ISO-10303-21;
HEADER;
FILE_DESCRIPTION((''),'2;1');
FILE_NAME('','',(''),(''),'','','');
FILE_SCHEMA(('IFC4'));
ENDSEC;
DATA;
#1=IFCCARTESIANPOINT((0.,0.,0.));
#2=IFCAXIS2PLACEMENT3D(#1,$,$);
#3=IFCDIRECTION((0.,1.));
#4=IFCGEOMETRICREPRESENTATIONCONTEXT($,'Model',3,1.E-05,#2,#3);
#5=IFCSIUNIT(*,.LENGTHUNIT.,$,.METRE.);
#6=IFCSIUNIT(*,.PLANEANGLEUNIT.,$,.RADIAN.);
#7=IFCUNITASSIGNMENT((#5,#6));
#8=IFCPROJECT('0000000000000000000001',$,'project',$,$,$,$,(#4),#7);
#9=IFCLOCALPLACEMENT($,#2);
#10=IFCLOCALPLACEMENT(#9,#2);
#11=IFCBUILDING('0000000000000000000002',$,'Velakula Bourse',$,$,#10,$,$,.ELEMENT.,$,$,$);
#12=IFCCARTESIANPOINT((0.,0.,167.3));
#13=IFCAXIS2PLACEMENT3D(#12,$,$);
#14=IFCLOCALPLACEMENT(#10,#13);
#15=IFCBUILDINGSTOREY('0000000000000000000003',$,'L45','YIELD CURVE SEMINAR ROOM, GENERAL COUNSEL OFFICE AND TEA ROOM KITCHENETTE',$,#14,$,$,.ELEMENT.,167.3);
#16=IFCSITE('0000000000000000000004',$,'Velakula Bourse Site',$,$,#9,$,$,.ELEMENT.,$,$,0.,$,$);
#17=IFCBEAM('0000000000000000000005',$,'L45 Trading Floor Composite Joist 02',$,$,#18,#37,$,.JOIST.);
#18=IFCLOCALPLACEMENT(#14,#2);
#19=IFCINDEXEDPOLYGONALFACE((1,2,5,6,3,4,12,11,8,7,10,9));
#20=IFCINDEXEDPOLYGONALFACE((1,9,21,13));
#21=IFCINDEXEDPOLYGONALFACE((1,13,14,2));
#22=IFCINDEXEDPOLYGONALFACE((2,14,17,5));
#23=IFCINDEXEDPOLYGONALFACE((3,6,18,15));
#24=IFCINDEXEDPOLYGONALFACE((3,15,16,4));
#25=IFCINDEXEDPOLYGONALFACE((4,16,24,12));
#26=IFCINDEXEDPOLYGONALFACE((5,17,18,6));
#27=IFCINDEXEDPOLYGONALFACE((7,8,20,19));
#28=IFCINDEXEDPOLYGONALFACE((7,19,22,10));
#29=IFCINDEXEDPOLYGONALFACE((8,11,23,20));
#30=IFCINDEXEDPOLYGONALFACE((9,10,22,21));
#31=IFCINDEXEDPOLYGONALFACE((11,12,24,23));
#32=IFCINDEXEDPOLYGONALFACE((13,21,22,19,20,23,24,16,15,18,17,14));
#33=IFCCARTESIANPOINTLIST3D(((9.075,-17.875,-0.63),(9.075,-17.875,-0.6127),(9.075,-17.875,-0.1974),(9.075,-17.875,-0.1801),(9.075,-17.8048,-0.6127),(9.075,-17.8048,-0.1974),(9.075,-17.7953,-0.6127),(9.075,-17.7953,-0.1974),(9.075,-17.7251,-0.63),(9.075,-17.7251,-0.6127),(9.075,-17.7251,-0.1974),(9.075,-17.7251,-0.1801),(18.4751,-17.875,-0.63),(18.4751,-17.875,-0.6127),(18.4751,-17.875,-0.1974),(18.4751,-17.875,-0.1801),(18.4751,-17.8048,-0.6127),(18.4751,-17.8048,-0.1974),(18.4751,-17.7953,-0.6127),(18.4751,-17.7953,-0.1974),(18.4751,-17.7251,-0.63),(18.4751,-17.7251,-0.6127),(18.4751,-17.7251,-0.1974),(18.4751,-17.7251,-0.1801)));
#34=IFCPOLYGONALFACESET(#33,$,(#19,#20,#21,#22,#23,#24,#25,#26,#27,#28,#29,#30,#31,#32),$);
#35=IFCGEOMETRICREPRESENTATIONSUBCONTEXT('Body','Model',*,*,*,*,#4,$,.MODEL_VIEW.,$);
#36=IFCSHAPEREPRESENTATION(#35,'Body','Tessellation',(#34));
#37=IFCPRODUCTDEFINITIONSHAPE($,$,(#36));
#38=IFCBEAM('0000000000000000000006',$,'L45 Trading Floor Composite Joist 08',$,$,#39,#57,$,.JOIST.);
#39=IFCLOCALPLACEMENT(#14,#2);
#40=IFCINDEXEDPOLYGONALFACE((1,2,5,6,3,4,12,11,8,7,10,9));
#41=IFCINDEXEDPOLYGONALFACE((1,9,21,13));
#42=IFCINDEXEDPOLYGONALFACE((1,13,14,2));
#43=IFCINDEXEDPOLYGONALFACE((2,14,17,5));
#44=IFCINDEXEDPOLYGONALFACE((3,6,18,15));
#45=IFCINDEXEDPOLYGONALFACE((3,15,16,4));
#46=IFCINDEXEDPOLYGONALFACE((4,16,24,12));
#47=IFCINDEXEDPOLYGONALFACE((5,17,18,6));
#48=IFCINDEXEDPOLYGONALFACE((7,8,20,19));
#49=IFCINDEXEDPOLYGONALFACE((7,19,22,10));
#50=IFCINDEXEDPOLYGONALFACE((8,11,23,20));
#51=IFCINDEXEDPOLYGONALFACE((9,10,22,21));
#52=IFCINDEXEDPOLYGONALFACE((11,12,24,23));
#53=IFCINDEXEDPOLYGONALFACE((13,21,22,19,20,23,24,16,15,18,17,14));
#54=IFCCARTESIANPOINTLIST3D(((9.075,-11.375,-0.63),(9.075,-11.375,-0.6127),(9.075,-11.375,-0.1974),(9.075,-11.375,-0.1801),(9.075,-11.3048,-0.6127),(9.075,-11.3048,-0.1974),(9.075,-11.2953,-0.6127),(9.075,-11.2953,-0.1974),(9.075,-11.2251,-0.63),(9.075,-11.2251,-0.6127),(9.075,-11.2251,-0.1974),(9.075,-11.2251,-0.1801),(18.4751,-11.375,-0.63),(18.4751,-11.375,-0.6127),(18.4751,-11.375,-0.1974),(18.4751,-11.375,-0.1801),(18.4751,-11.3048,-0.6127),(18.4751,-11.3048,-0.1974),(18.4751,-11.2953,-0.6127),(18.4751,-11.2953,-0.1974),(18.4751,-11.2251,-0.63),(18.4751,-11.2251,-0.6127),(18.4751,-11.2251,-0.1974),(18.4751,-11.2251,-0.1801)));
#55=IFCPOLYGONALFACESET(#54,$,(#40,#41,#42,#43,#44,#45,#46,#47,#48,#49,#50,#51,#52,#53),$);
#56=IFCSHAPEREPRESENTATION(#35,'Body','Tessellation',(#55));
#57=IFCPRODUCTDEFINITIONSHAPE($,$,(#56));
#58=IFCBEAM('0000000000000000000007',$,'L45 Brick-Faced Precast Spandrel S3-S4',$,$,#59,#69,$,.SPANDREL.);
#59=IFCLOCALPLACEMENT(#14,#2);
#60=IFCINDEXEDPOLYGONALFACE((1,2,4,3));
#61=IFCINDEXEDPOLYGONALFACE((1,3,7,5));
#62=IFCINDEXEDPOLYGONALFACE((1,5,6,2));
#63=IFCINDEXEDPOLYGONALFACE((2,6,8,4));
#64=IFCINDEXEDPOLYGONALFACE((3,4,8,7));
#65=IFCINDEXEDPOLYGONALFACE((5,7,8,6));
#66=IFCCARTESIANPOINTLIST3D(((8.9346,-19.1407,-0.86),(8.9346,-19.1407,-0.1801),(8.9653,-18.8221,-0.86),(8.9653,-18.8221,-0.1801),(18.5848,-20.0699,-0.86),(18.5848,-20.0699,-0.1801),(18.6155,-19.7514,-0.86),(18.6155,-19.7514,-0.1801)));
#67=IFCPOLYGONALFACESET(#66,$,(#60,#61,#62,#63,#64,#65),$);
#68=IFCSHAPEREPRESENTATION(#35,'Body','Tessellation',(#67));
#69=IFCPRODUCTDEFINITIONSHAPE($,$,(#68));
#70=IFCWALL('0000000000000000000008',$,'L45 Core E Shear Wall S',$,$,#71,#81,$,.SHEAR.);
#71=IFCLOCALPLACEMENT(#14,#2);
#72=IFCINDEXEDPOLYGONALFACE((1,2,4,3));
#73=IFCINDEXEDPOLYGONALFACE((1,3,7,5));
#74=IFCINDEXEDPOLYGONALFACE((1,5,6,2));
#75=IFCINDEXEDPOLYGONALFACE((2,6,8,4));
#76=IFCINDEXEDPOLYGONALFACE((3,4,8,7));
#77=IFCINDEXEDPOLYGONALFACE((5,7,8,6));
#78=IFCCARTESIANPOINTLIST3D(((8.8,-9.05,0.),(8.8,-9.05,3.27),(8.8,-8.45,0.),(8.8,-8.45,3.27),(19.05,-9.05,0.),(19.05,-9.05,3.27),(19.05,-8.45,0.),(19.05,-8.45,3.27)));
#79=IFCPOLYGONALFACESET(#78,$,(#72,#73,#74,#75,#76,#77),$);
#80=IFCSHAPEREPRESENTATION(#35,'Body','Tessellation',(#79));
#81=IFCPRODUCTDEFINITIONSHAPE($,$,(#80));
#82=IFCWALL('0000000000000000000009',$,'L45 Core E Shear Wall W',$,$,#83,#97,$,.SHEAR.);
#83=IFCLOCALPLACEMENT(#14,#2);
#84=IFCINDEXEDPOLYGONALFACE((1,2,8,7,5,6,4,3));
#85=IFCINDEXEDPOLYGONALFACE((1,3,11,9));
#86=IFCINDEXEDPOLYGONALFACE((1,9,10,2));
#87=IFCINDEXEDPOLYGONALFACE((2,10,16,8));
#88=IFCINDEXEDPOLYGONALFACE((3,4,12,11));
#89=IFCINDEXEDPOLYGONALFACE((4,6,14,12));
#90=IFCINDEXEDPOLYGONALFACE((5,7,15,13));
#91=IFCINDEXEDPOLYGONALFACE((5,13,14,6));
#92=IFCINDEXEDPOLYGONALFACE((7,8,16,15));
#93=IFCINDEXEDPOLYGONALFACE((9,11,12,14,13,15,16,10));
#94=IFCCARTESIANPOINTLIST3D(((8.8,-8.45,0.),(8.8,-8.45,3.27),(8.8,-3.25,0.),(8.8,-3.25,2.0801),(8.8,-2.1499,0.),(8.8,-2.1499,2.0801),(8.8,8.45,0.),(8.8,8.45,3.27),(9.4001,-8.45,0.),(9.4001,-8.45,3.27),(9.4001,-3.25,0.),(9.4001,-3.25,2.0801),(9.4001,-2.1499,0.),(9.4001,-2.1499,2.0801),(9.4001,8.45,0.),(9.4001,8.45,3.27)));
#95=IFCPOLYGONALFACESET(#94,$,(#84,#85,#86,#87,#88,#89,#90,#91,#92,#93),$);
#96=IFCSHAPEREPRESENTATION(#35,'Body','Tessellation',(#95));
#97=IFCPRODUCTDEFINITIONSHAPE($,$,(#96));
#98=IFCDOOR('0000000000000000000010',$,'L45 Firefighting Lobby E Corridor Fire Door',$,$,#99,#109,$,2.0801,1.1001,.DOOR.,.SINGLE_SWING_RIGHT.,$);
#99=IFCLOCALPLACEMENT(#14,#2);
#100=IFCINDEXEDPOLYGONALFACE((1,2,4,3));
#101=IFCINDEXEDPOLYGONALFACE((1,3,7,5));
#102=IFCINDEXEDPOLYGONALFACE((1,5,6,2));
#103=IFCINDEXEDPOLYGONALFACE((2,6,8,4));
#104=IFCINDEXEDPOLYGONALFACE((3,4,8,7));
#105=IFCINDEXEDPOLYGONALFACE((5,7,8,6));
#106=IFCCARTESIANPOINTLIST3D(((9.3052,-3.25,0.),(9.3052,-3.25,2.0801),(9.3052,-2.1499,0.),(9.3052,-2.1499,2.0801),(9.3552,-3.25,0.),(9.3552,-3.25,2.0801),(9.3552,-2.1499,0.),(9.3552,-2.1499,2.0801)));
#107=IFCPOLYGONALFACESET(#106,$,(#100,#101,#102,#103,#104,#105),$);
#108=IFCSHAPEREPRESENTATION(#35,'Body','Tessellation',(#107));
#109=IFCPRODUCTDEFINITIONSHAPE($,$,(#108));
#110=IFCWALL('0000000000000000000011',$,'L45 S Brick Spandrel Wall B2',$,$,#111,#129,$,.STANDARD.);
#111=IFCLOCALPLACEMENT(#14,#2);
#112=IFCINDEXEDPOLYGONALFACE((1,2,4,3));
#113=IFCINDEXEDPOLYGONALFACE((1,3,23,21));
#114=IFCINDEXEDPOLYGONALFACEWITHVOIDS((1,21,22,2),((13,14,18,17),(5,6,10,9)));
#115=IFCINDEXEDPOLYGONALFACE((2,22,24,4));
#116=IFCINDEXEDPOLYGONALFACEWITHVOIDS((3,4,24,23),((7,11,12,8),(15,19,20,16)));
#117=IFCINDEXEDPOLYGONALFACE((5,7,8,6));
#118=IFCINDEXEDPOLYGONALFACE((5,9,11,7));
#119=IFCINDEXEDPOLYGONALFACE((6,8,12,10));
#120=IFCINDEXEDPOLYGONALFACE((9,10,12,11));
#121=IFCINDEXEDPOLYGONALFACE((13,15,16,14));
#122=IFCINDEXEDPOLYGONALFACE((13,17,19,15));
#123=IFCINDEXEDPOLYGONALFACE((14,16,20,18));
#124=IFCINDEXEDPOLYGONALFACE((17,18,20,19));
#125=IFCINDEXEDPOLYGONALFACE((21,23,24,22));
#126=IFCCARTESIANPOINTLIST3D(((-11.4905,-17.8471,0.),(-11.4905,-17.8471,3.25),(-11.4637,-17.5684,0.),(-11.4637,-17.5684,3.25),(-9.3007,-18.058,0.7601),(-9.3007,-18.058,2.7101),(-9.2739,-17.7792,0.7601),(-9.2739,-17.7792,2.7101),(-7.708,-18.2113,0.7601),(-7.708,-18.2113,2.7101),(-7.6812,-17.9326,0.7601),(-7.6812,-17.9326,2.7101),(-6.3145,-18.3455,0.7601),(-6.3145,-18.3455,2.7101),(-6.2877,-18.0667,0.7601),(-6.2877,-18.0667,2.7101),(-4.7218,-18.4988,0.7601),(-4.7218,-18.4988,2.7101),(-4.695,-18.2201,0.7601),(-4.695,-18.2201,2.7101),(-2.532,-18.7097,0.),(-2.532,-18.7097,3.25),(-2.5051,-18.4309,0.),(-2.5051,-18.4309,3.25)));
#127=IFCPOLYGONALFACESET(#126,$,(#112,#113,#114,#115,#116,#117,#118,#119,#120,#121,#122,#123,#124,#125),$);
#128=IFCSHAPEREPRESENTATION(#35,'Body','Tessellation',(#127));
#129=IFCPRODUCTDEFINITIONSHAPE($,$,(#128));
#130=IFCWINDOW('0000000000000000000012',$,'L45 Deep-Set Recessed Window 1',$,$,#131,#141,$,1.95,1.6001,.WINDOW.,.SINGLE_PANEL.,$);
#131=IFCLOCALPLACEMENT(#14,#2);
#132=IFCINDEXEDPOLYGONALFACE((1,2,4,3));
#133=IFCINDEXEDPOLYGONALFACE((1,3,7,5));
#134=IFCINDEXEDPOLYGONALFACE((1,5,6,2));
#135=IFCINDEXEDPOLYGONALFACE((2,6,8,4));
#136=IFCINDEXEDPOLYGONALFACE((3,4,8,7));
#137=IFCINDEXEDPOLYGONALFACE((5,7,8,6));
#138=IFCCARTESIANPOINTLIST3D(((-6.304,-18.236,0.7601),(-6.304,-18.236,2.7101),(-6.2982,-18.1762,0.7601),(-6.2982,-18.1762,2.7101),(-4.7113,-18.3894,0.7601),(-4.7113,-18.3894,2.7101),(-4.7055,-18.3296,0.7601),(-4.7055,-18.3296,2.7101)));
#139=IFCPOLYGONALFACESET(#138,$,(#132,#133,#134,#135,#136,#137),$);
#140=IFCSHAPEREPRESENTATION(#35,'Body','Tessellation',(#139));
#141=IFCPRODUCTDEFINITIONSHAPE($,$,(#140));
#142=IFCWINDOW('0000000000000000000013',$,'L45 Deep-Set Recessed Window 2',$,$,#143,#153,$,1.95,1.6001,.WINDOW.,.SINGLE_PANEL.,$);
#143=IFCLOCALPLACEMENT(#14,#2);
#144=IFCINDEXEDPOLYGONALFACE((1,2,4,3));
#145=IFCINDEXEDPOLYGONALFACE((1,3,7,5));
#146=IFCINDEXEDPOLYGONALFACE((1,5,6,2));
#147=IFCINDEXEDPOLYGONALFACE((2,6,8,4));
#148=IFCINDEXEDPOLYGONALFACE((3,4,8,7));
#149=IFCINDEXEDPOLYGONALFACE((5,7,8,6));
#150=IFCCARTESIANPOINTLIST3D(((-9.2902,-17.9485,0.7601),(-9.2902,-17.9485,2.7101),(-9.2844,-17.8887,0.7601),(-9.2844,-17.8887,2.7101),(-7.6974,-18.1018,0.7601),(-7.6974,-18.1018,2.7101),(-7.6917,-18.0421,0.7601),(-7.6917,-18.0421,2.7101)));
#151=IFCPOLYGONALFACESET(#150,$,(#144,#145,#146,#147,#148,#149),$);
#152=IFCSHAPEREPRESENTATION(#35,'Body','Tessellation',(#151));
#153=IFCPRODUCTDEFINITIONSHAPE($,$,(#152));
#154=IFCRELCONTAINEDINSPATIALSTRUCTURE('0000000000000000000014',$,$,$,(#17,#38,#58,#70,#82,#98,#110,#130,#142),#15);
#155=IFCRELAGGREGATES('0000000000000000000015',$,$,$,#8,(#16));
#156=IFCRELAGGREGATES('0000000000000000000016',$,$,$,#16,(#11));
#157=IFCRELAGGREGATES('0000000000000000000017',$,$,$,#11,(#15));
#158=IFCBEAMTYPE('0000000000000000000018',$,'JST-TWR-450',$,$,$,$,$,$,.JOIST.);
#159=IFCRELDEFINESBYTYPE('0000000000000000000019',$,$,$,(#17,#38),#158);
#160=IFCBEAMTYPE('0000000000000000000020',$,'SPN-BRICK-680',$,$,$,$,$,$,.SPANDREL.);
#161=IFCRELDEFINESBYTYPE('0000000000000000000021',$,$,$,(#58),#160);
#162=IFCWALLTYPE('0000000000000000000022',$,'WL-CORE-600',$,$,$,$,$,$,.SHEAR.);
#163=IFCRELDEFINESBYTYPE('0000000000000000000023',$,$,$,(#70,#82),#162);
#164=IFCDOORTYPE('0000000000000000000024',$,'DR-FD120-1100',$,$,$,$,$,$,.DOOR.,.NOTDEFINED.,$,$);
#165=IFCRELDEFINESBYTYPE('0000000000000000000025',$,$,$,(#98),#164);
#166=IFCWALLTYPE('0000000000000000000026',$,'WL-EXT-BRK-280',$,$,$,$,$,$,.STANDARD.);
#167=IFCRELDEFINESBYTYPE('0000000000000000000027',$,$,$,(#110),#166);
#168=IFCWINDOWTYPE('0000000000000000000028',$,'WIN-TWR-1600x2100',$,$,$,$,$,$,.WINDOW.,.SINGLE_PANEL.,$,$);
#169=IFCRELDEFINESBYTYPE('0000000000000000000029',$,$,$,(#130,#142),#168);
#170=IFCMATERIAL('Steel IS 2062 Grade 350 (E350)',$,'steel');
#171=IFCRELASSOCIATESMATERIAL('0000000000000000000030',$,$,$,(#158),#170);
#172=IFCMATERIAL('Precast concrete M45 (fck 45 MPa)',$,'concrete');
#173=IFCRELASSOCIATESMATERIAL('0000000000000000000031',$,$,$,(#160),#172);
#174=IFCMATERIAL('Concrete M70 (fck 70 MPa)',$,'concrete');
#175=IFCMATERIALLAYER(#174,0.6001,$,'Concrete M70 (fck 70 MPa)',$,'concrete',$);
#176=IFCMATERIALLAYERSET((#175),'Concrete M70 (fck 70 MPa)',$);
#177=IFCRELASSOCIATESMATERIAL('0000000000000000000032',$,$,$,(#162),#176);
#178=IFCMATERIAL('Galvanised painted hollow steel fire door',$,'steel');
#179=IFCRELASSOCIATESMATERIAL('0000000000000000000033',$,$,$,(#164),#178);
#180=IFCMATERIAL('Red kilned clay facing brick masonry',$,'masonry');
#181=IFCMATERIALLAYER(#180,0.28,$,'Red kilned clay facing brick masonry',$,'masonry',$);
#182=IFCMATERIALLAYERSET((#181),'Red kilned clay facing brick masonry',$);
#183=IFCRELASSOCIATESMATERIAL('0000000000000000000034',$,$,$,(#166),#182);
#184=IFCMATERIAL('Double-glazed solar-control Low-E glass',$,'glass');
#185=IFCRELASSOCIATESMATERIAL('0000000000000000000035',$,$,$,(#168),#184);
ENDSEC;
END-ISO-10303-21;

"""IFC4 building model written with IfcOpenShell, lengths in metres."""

from ifc_helpers import new_model, si_unit, direction, frame, frame_2d, origin, origin_2d, place, context, subcontext, project, spatial, rectangle, i_section, extrude, material, layer, layer_set, material_profile, profile_set, type_object, element, fill, save


model = new_model("IFC4")

# Units and contexts
model_context = context("Model", 3, precision=1e-05, world=origin(), true_north=direction((0.0, 1.0)))
body_context = subcontext(model_context, "Body", "Model", "MODEL_VIEW")
ifc_project = project(units=[si_unit("LENGTHUNIT", "METRE"), si_unit("PLANEANGLEUNIT", "RADIAN")], contexts=[model_context])

# Site, building, storey
site_placement = place(None, origin())
site = spatial("IfcSite", under=ifc_project, at=site_placement, Name="Velakula Bourse Site", CompositionType="ELEMENT", RefElevation=0.0)
building_placement = place(site_placement, origin())
building = spatial("IfcBuilding", under=site, at=building_placement, Name="Velakula Bourse", CompositionType="ELEMENT")
storey_placement = place(building_placement, frame((0.0, 0.0, 167.3)))
storey = spatial("IfcBuildingStorey", under=building, at=storey_placement, Name="L45", Description="YIELD CURVE SEMINAR ROOM, GENERAL COUNSEL OFFICE AND TEA ROOM KITCHENETTE", CompositionType="ELEMENT", Elevation=167.3)

# Shared definitions
ifc_material_1 = material(Name="Concrete M70 (fck 70 MPa)", Category="concrete")
ifc_material_2 = material(Name="Steel IS 2062 Grade 350 (E350)", Category="steel")

# Beams
ifc_material_profile_1 = material_profile(ifc_material_2, i_section(OverallWidth=0.1499, OverallDepth=0.45, WebThickness=0.0095, FlangeThickness=0.0173, at=origin_2d()), Name="Steel IS 2062 Grade 350 (E350)")
ifc_profile_set_1 = profile_set([ifc_material_profile_1], Name="Steel IS 2062 Grade 350 (E350)")
beam_type_1 = type_object("IfcBeamType", Name="JST-TWR-450", PredefinedType="JOIST", material=ifc_profile_set_1)
for number, where, z_axis, x_axis, name in (
    (1, (9.075, -17.8, -0.405), (1.0, 0.0, 0.0), (0.0, 1.0, 0.0), "L45 Trading Floor Composite Joist 02"),
    (2, (9.075, -11.3, -0.405), (1.0, 0.0, 0.0), (0.0, 1.0, 0.0), "L45 Trading Floor Composite Joist 08"),
):
    element("IfcBeam", number, at=place(storey_placement, frame(where, z_axis=z_axis, x_axis=x_axis)), inside=storey, type_object=beam_type_1, Name=name, PredefinedType="JOIST", context=body_context, shape_type="SweptSolid", body=[
        extrude(i_section(OverallWidth=0.1499, OverallDepth=0.45, WebThickness=0.0095, FlangeThickness=0.0173, at=origin_2d()), origin(), (0.0, 0.0, 1.0), 9.4001),
    ])
ifc_material_3 = material(Name="Precast concrete M45 (fck 45 MPa)", Category="concrete")
ifc_material_profile_2 = material_profile(ifc_material_3, rectangle(XDim=0.3201, YDim=0.6799, at=origin_2d()), Name="Precast concrete M45 (fck 45 MPa)")
ifc_profile_set_2 = profile_set([ifc_material_profile_2], Name="Precast concrete M45 (fck 45 MPa)")
beam_type_2 = type_object("IfcBeamType", Name="SPN-BRICK-680", PredefinedType="SPANDREL", material=ifc_profile_set_2)
beam_1_placement = place(storey_placement, frame((8.95, -18.9814, -0.52), z_axis=(0.995396, -0.095845, 0.0), x_axis=(0.095845, 0.995396, 0.0)))
element("IfcBeam", 3, at=beam_1_placement, inside=storey, type_object=beam_type_2, Name="L45 Brick-Faced Precast Spandrel S3-S4", PredefinedType="SPANDREL", context=body_context, shape_type="SweptSolid", body=[
    extrude(rectangle(XDim=0.3201, YDim=0.6799, at=origin_2d()), origin(), (0.0, 0.0, 1.0), 9.6948),
])

# Wall
ifc_layer_1 = layer(ifc_material_1, 0.6001, Name="Concrete M70 (fck 70 MPa)", Category="concrete")
ifc_layer_set_1 = layer_set([ifc_layer_1], Name="Concrete M70 (fck 70 MPa)")
wall_type_1 = type_object("IfcWallType", Name="WL-CORE-600", PredefinedType="SHEAR", material=ifc_layer_set_1)
wall_1_placement = place(storey_placement, frame((8.8, -8.75, 0.0), z_axis=(0.0, 0.0, 1.0), x_axis=(1.0, 0.0, 0.0)))
element("IfcWall", 4, at=wall_1_placement, inside=storey, type_object=wall_type_1, Name="L45 Core E Shear Wall S", PredefinedType="SHEAR", context=body_context, shape_type="SweptSolid", body=[
    extrude(rectangle(XDim=10.25, YDim=0.6001, at=frame_2d((5.125, 0.0))), origin(), (0.0, 0.0, 1.0), 3.27),
])

# Wall, opening, door
wall_2_placement = place(storey_placement, frame((9.1001, -8.45, 0.0), z_axis=(0.0, 0.0, 1.0), x_axis=(0.0, 1.0, 0.0)))
wall_2 = element("IfcWall", 5, at=wall_2_placement, inside=storey, type_object=wall_type_1, Name="L45 Core E Shear Wall W", PredefinedType="SHEAR", context=body_context, shape_type="SweptSolid", body=[
    extrude(rectangle(XDim=16.8999, YDim=0.6001, at=frame_2d((8.45, 0.0))), origin(), (0.0, 0.0, 1.0), 3.27),
])
opening_1_placement = place(wall_2_placement, frame((5.2, 0.0, 0.0)))
opening_1 = element("IfcOpeningElement", 6, at=opening_1_placement, cuts=wall_2, PredefinedType="OPENING", context=body_context, shape_type="SweptSolid", body=[
    extrude(rectangle(XDim=1.1001, YDim=2.0801, at=frame_2d((0.55, 1.04))), frame((0.0, 0.3101, 0.0), z_axis=(0.0, -1.0, 0.0), x_axis=(1.0, 0.0, 0.0)), (0.0, 0.0, 1.0), 0.6201),
])
ifc_material_4 = material(Name="Galvanised painted hollow steel fire door", Category="steel")
door_type_1 = type_object("IfcDoorType", Name="DR-FD120-1100", OperationType="NOTDEFINED", PredefinedType="DOOR", material=ifc_material_4)
door_1_placement = place(opening_1_placement, origin())
door_1 = element("IfcDoor", 7, at=door_1_placement, inside=storey, type_object=door_type_1, Name="L45 Firefighting Lobby E Corridor Fire Door", OperationType="SINGLE_SWING_RIGHT", OverallHeight=2.0801, OverallWidth=1.1001, PredefinedType="DOOR", context=body_context, shape_type="SweptSolid", body=[
    extrude(rectangle(XDim=1.1001, YDim=2.0801, at=frame_2d((0.55, 1.04))), frame((0.0, -0.2051, 0.0), z_axis=(0.0, -1.0, 0.0), x_axis=(1.0, 0.0, 0.0)), (0.0, 0.0, 1.0), 0.05),
])
fill(opening_1, door_1)

# Wall, openings, windows
ifc_material_5 = material(Name="Red kilned clay facing brick masonry", Category="masonry")
ifc_layer_2 = layer(ifc_material_5, 0.28, Name="Red kilned clay facing brick masonry", Category="masonry")
ifc_layer_set_2 = layer_set([ifc_layer_2], Name="Red kilned clay facing brick masonry")
wall_type_2 = type_object("IfcWallType", Name="WL-EXT-BRK-280", PredefinedType="STANDARD", material=ifc_layer_set_2)
wall_3_placement = place(storey_placement, frame((-2.5186, -18.5703, 0.0), z_axis=(0.0, 0.0, 1.0), x_axis=(-0.995397, 0.09584, 0.0)))
wall_3 = element("IfcWall", 8, at=wall_3_placement, inside=storey, type_object=wall_type_2, Name="L45 S Brick Spandrel Wall B2", PredefinedType="STANDARD", context=body_context, shape_type="SweptSolid", body=[
    extrude(rectangle(XDim=9.0, YDim=0.28, at=frame_2d((4.5, 0.0))), origin(), (0.0, 0.0, 1.0), 3.25),
])
opening_2_placement = place(wall_3_placement, frame((2.2, 0.0, 0.76)))
opening_2 = element("IfcOpeningElement", 9, at=opening_2_placement, cuts=wall_3, PredefinedType="OPENING", context=body_context, shape_type="SweptSolid", body=[
    extrude(rectangle(XDim=1.6001, YDim=1.95, at=frame_2d((0.8, 0.9751))), frame((0.0, 0.1499, 0.0), z_axis=(0.0, -1.0, 0.0), x_axis=(1.0, 0.0, 0.0)), (0.0, 0.0, 1.0), 0.3),
])
opening_3_placement = place(wall_3_placement, frame((5.2, 0.0, 0.76)))
opening_3 = element("IfcOpeningElement", 10, at=opening_3_placement, cuts=wall_3, PredefinedType="OPENING", context=body_context, shape_type="SweptSolid", body=[
    extrude(rectangle(XDim=1.6001, YDim=1.95, at=frame_2d((0.8, 0.9751))), frame((0.0, 0.1499, 0.0), z_axis=(0.0, -1.0, 0.0), x_axis=(1.0, 0.0, 0.0)), (0.0, 0.0, 1.0), 0.3),
])
ifc_material_6 = material(Name="Double-glazed solar-control Low-E glass", Category="glass")
window_type = type_object("IfcWindowType", Name="WIN-TWR-1600x2100", PartitioningType="SINGLE_PANEL", PredefinedType="WINDOW", material=ifc_material_6)
window_1_placement = place(opening_2_placement, origin())
window_1 = element("IfcWindow", 11, at=window_1_placement, inside=storey, type_object=window_type, Name="L45 Deep-Set Recessed Window 1", OverallHeight=1.95, OverallWidth=1.6001, PartitioningType="SINGLE_PANEL", PredefinedType="WINDOW", context=body_context, shape_type="SweptSolid", body=[
    extrude(rectangle(XDim=1.6001, YDim=1.95, at=frame_2d((0.8, 0.9751))), frame((0.0, 0.03, 0.0), z_axis=(0.0, -1.0, 0.0), x_axis=(1.0, 0.0, 0.0)), (0.0, 0.0, 1.0), 0.0601),
])
fill(opening_2, window_1)
window_2_placement = place(opening_3_placement, origin())
window_2 = element("IfcWindow", 12, at=window_2_placement, inside=storey, type_object=window_type, Name="L45 Deep-Set Recessed Window 2", OverallHeight=1.95, OverallWidth=1.6001, PartitioningType="SINGLE_PANEL", PredefinedType="WINDOW", context=body_context, shape_type="SweptSolid", body=[
    extrude(rectangle(XDim=1.6001, YDim=1.95, at=frame_2d((0.8, 0.9751))), frame((0.0, 0.03, 0.0), z_axis=(0.0, -1.0, 0.0), x_axis=(1.0, 0.0, 0.0)), (0.0, 0.0, 1.0), 0.0601),
])
fill(opening_3, window_2)

save(model, "model.ifc")
